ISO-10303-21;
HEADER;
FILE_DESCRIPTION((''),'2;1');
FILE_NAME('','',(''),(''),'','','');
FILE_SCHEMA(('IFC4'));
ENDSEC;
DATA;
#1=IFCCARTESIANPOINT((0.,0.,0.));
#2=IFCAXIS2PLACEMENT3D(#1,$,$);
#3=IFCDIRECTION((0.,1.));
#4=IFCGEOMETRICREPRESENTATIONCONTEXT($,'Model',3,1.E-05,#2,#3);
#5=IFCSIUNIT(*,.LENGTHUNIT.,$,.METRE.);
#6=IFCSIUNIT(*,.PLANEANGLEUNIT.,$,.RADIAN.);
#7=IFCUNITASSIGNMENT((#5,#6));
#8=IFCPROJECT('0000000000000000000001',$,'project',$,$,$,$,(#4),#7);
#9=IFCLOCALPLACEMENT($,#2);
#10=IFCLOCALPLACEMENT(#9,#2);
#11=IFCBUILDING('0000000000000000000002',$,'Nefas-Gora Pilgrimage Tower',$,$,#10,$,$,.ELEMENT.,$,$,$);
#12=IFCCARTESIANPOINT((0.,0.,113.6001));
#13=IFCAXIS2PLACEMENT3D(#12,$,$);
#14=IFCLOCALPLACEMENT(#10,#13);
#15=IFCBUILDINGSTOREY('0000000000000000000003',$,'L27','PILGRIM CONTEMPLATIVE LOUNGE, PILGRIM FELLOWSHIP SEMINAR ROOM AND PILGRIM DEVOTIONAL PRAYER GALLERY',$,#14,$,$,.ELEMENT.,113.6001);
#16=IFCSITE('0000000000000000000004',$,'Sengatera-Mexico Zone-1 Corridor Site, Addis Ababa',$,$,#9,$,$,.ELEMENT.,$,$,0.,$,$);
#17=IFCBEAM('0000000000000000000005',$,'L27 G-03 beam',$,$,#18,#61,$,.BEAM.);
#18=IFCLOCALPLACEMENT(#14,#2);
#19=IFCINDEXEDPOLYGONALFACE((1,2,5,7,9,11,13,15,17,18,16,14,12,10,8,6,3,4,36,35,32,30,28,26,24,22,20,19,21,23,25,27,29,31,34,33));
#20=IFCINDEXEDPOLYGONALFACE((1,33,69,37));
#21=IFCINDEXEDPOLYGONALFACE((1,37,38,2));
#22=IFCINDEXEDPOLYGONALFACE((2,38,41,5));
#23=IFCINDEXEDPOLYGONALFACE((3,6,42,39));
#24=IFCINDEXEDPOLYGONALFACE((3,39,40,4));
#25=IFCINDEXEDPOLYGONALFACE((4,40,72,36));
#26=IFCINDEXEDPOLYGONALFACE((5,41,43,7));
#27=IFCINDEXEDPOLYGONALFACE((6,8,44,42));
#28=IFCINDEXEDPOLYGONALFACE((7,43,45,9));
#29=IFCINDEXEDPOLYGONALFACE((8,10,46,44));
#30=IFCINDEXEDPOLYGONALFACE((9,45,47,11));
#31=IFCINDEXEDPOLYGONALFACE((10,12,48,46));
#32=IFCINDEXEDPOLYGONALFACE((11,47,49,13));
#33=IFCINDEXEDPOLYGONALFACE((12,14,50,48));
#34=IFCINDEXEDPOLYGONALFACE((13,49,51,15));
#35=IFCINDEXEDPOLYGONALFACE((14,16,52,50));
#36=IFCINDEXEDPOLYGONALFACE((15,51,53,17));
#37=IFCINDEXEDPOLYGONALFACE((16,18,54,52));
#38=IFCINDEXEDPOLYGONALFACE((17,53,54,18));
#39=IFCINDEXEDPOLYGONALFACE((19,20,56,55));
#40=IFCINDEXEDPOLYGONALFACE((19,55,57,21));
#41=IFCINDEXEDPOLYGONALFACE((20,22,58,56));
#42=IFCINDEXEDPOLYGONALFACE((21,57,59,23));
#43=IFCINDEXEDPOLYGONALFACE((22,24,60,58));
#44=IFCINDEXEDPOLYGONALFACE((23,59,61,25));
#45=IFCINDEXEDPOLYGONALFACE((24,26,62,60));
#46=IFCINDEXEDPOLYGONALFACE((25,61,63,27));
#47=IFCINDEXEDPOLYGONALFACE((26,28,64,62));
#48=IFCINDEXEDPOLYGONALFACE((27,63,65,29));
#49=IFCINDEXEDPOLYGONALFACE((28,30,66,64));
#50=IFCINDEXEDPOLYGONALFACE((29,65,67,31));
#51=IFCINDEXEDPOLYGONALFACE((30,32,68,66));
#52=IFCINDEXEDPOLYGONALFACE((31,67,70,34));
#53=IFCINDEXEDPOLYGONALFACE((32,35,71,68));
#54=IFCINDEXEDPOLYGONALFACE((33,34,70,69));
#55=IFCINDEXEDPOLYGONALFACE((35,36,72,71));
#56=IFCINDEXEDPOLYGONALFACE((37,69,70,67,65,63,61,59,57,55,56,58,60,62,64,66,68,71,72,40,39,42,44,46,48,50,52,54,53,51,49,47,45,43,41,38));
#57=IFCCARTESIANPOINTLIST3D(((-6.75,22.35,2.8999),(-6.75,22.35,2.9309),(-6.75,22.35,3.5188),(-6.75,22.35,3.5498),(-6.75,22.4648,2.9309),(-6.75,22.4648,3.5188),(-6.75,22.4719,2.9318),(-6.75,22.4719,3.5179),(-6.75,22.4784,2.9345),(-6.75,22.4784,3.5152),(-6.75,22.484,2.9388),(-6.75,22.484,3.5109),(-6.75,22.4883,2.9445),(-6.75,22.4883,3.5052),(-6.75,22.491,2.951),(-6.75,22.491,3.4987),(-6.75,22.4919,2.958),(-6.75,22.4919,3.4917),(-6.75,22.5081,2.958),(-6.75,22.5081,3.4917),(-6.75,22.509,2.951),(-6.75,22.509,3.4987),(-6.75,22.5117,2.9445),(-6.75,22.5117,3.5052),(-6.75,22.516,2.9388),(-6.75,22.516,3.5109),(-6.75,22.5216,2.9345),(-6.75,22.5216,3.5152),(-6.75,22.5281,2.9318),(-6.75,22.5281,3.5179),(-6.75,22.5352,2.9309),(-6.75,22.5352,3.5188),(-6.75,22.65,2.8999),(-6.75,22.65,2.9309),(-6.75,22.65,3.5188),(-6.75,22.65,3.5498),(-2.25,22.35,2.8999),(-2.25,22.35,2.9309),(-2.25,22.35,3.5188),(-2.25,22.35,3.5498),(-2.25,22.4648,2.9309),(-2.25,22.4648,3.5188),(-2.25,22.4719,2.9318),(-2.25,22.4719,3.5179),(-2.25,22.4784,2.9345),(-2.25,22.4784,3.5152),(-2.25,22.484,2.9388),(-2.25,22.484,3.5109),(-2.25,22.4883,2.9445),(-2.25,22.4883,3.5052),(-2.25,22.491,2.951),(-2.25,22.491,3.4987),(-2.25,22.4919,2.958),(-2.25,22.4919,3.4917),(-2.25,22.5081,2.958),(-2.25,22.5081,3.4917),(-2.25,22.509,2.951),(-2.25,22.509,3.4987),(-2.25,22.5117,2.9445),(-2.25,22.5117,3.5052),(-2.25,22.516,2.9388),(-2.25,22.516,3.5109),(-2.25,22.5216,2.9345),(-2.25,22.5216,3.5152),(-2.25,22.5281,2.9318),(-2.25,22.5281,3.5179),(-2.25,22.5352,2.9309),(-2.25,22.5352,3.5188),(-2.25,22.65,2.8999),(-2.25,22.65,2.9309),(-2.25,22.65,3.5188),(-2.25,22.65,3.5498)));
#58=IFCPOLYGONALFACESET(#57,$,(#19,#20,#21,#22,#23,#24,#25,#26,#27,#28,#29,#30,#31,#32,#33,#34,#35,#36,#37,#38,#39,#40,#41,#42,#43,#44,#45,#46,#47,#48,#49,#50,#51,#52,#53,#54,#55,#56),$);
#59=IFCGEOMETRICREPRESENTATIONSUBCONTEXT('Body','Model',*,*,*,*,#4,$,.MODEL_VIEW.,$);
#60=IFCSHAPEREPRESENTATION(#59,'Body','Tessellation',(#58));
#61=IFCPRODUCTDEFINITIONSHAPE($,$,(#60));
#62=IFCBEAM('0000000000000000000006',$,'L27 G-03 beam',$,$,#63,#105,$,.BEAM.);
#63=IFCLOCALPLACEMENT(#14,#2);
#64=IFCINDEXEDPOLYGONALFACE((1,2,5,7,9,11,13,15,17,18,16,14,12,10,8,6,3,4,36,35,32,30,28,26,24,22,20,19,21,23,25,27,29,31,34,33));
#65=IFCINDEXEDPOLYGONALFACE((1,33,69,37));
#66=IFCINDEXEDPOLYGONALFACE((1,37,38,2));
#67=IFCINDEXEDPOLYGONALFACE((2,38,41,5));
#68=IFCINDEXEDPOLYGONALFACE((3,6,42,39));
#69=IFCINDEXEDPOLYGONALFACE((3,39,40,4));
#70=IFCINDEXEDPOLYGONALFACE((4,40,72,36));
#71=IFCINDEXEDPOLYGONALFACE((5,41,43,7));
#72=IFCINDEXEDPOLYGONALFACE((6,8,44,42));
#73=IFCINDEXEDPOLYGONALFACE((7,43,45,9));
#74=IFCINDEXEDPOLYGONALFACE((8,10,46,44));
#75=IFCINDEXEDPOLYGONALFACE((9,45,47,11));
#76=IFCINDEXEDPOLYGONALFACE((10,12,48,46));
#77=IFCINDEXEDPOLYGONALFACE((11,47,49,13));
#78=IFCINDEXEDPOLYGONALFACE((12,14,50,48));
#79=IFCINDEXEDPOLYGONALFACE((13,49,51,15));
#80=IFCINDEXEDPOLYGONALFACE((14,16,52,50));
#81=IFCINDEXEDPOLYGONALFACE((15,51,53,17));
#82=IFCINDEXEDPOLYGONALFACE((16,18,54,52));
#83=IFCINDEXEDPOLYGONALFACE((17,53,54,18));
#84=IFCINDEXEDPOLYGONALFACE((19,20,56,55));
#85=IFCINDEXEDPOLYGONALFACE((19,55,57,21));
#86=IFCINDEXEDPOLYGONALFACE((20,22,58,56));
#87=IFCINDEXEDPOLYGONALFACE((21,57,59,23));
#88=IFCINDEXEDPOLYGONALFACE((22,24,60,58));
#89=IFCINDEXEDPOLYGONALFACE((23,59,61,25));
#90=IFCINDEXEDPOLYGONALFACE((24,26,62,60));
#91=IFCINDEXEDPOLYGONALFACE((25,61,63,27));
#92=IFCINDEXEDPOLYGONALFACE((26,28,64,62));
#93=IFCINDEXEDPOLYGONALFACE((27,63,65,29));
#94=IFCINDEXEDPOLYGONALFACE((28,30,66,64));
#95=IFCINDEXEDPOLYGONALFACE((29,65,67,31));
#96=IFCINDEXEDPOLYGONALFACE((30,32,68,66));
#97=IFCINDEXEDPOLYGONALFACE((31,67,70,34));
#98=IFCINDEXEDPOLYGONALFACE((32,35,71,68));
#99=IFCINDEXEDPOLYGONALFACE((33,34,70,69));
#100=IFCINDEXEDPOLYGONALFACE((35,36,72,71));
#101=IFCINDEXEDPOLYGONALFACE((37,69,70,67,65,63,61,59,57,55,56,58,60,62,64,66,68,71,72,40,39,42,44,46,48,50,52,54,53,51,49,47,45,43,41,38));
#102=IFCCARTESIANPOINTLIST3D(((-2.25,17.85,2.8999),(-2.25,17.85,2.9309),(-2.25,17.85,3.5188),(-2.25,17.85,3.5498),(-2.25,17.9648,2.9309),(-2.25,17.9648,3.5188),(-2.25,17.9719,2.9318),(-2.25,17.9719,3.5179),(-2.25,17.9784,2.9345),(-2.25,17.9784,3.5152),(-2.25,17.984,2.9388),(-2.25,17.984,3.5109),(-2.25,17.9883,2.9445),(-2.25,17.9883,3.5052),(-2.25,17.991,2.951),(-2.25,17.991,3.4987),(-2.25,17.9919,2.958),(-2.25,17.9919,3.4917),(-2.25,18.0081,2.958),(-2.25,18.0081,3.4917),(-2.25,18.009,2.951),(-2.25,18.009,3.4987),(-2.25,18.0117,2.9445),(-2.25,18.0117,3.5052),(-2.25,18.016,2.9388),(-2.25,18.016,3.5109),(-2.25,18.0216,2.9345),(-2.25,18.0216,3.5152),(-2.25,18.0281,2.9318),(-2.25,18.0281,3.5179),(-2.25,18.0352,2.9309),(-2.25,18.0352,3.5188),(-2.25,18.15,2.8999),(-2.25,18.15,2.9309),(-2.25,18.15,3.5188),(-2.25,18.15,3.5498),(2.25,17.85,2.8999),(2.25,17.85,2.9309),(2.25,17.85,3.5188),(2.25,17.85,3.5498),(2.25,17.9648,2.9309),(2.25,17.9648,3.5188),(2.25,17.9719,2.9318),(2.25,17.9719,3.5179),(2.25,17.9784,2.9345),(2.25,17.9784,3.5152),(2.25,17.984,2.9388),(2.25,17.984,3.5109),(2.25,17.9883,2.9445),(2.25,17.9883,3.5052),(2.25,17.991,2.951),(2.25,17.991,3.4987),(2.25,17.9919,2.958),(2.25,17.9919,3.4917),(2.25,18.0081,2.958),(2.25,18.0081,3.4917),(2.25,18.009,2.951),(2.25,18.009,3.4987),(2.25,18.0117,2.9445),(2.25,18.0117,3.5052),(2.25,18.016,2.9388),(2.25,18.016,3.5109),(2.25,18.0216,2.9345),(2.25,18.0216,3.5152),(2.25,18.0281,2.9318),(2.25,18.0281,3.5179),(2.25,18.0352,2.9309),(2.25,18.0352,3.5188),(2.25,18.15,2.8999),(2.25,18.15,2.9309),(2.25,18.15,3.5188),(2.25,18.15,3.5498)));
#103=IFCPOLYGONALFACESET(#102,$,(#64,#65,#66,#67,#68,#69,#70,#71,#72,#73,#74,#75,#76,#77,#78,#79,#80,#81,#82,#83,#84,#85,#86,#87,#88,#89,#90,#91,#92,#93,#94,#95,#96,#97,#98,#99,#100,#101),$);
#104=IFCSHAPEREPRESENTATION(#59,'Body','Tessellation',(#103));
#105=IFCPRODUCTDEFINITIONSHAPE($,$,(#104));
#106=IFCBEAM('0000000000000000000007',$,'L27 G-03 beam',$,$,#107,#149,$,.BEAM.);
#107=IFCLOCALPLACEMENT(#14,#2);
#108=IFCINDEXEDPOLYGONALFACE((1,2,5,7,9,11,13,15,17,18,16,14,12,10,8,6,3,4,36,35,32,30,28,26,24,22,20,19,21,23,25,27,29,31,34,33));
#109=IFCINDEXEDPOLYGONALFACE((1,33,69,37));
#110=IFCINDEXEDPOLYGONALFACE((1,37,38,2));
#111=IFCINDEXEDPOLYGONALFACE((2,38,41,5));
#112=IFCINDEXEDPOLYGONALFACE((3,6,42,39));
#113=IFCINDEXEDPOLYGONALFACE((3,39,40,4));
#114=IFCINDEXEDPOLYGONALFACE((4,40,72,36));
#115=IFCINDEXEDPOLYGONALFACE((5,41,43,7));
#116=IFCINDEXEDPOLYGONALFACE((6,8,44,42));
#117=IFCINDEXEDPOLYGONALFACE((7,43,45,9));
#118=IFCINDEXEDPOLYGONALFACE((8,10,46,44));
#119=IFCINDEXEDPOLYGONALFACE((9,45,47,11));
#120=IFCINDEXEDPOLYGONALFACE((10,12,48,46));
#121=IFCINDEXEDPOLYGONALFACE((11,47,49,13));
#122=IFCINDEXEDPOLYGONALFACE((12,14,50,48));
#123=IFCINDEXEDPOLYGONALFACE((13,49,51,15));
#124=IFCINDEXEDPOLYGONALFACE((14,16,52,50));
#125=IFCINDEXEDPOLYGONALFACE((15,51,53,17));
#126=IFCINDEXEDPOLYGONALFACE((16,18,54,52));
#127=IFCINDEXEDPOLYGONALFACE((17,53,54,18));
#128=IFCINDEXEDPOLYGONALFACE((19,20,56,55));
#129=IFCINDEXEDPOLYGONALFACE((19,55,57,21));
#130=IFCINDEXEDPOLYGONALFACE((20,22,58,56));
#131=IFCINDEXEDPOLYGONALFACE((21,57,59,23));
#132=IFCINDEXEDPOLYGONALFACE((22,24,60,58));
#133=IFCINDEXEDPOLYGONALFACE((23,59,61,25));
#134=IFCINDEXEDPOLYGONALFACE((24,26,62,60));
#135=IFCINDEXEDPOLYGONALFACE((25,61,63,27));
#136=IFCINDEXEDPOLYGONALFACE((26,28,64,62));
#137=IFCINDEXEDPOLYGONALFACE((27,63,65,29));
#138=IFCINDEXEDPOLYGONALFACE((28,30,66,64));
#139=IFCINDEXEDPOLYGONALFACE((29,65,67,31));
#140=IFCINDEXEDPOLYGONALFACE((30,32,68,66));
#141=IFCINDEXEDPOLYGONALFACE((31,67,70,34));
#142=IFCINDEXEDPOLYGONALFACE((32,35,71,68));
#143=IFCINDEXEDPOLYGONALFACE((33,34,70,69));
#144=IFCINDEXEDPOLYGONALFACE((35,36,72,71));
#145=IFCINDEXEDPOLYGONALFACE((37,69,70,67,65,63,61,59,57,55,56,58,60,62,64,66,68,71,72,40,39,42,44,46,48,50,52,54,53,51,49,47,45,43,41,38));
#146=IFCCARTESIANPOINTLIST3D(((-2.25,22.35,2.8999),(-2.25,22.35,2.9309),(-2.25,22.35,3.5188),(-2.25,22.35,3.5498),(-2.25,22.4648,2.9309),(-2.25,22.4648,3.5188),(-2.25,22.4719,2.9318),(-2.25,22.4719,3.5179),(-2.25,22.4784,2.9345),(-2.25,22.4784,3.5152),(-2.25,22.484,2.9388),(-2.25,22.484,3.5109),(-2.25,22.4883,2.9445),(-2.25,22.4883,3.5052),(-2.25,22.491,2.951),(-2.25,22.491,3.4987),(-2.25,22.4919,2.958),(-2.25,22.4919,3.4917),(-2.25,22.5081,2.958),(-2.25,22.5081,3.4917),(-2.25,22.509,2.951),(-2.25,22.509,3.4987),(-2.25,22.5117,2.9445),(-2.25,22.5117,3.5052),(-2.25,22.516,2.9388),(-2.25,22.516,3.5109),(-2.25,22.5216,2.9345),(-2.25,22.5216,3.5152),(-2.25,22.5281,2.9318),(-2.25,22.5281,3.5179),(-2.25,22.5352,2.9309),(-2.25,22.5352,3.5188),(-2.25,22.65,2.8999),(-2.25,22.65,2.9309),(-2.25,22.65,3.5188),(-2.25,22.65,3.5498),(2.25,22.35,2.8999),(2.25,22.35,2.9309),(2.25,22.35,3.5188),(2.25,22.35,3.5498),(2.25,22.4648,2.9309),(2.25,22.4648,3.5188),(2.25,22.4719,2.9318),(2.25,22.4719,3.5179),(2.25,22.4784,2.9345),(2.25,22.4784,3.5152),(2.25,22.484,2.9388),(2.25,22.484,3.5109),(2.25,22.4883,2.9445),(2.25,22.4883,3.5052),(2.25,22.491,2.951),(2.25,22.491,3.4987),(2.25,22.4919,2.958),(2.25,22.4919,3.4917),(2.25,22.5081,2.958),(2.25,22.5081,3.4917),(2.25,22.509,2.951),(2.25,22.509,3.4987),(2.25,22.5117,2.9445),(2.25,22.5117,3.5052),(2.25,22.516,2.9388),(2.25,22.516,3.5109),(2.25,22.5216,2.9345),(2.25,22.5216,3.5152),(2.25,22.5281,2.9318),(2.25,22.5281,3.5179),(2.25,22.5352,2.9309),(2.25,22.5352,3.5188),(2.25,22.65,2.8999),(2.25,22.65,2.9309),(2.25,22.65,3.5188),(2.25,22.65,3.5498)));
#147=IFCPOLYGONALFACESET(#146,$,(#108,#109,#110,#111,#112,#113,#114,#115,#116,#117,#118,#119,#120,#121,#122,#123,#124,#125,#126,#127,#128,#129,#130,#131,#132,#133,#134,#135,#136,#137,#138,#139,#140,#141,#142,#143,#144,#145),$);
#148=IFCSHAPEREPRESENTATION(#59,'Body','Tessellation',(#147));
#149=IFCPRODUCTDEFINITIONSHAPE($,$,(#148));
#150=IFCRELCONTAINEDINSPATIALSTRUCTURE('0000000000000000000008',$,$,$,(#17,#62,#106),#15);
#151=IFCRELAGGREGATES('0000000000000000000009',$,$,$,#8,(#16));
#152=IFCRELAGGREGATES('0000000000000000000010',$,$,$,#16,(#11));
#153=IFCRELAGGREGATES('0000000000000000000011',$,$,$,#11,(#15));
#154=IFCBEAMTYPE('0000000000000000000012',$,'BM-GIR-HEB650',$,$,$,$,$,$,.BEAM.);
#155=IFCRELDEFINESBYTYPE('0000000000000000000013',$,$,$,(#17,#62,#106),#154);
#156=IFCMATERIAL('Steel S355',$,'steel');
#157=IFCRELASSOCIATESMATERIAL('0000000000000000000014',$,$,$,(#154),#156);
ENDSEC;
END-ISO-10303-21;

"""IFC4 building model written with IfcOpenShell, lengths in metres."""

from ifc_helpers import new_model, si_unit, direction, frame, origin, origin_2d, place, context, subcontext, project, spatial, i_section, extrude, source, transform, mapped, material, material_profile, profile_set, type_object, element, save


model = new_model("IFC4")

# Units and contexts
model_context = context("Model", 3, precision=1e-05, world=origin(), true_north=direction((0.0, 1.0)))
body_context = subcontext(model_context, "Body", "Model", "MODEL_VIEW")
ifc_project = project(units=[si_unit("LENGTHUNIT", "METRE"), si_unit("PLANEANGLEUNIT", "RADIAN")], contexts=[model_context])

# Site, building, storey
site_placement = place(None, origin())
site = spatial("IfcSite", under=ifc_project, at=site_placement, Name="Sengatera-Mexico Zone-1 Corridor Site, Addis Ababa", CompositionType="ELEMENT", RefElevation=0.0)
building_placement = place(site_placement, origin())
building = spatial("IfcBuilding", under=site, at=building_placement, Name="Nefas-Gora Pilgrimage Tower", CompositionType="ELEMENT")
storey_placement = place(building_placement, frame((0.0, 0.0, 113.6001)))
storey = spatial("IfcBuildingStorey", under=building, at=storey_placement, Name="L27", Description="PILGRIM CONTEMPLATIVE LOUNGE, PILGRIM FELLOWSHIP SEMINAR ROOM AND PILGRIM DEVOTIONAL PRAYER GALLERY", CompositionType="ELEMENT", Elevation=113.6001)

# Beams
ifc_material_1 = material(Name="Steel S355", Category="steel")
ifc_material_profile_1 = material_profile(ifc_material_1, i_section(OverallWidth=0.3, OverallDepth=0.6499, WebThickness=0.0161, FlangeThickness=0.031, FilletRadius=0.0271, at=origin_2d()), Name="HEB 650")
ifc_profile_set_1 = profile_set([ifc_material_profile_1], Name="Steel S355")
beam_type = type_object("IfcBeamType", Name="BM-GIR-HEB650", PredefinedType="BEAM", material=ifc_profile_set_1)
shared_shape_1 = source(origin(), body_context, "Body", "SweptSolid", [
    extrude(i_section(OverallWidth=0.3, OverallDepth=0.6499, WebThickness=0.0161, FlangeThickness=0.031, FilletRadius=0.0271, at=origin_2d()), origin(), (0.0, 0.0, 1.0), 4.5),
])
for number, where, z_axis, x_axis, name in (
    (1, (-6.75, 22.5, 3.2249), (1.0, 0.0, 0.0), (0.0, 1.0, 0.0), "L27 G-03 beam"),
    (2, (-2.25, 18.0, 3.2249), (1.0, 0.0, 0.0), (0.0, 1.0, 0.0), "L27 G-03 beam"),
    (3, (-2.25, 22.5, 3.2249), (1.0, 0.0, 0.0), (0.0, 1.0, 0.0), "L27 G-03 beam"),
):
    element("IfcBeam", number, at=place(storey_placement, frame(where, z_axis=z_axis, x_axis=x_axis)), inside=storey, type_object=beam_type, Name=name, PredefinedType="BEAM", context=body_context, shape_type="MappedRepresentation", body=[
        mapped(shared_shape_1, transform((0.0, 0.0, 0.0), x_axis=(1.0, 0.0, 0.0), y_axis=(0.0, 1.0, 0.0), z_axis=(0.0, 0.0, 1.0), scale=1.0)),
    ])

save(model, "model.ifc")
